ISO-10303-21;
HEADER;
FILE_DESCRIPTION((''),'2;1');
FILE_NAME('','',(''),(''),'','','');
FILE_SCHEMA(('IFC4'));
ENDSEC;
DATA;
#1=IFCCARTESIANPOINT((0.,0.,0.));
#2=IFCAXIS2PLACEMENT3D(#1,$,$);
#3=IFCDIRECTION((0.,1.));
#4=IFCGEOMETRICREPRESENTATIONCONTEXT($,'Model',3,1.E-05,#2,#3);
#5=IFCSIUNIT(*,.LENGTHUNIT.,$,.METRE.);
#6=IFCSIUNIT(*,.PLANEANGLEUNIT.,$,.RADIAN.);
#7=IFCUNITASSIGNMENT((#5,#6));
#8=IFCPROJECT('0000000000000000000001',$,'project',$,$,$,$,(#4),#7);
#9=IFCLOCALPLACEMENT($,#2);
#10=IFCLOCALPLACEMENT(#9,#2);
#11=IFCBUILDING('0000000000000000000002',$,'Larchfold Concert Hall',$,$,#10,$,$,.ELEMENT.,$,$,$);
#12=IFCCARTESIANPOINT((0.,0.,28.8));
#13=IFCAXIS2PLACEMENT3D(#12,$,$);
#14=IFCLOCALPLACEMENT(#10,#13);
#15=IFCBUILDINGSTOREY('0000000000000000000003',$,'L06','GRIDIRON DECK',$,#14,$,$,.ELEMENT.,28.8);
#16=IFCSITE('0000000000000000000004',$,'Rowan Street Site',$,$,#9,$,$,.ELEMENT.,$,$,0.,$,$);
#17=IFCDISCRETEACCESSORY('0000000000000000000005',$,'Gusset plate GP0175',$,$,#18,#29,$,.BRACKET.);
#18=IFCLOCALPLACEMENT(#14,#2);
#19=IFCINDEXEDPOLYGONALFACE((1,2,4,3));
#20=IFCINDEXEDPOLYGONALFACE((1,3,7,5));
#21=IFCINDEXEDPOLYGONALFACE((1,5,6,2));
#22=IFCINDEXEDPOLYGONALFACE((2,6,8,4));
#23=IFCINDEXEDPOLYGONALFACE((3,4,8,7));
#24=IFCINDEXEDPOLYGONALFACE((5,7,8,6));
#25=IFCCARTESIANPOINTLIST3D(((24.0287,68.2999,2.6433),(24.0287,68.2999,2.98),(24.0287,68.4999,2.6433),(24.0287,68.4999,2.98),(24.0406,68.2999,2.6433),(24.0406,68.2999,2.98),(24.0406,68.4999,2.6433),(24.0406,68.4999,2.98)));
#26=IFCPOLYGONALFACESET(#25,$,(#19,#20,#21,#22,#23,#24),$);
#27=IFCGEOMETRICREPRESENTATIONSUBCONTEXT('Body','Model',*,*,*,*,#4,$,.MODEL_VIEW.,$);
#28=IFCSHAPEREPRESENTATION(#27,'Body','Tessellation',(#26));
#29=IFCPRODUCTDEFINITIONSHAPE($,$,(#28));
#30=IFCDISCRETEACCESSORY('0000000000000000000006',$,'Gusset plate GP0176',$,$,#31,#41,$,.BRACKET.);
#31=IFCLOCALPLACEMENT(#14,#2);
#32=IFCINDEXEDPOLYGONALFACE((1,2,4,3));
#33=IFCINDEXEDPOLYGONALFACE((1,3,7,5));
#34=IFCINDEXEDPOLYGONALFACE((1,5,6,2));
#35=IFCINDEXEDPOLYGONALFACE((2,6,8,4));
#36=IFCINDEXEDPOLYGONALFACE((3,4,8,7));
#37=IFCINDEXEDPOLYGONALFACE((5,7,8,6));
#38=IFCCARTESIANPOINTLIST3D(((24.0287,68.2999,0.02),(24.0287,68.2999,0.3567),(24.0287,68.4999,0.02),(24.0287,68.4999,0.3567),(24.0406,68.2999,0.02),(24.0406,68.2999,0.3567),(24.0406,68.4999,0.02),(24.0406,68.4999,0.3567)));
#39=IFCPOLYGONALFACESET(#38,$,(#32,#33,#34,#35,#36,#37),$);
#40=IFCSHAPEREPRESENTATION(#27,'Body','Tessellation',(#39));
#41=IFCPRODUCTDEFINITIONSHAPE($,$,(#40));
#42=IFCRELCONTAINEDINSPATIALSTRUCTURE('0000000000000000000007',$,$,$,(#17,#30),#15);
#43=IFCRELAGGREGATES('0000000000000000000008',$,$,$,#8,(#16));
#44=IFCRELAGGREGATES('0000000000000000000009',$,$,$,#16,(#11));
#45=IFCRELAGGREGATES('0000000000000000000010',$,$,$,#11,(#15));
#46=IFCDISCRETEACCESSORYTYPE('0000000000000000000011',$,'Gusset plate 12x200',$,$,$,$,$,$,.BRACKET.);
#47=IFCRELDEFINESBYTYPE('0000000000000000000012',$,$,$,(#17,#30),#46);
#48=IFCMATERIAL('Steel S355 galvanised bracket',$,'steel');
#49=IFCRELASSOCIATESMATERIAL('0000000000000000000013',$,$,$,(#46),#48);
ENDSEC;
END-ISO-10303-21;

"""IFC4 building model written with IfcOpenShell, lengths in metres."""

from ifc_helpers import new_model, si_unit, direction, frame, origin, origin_2d, place, context, subcontext, project, spatial, rectangle, extrude, material, material_profile, profile_set, type_object, element, save


model = new_model("IFC4")

# Units and contexts
model_context = context("Model", 3, precision=1e-05, world=origin(), true_north=direction((0.0, 1.0)))
body_context = subcontext(model_context, "Body", "Model", "MODEL_VIEW")
ifc_project = project(units=[si_unit("LENGTHUNIT", "METRE"), si_unit("PLANEANGLEUNIT", "RADIAN")], contexts=[model_context])

# Site, building, storey
site_placement = place(None, origin())
site = spatial("IfcSite", under=ifc_project, at=site_placement, Name="Rowan Street Site", CompositionType="ELEMENT", RefElevation=0.0)
building_placement = place(site_placement, origin())
building = spatial("IfcBuilding", under=site, at=building_placement, Name="Larchfold Concert Hall", CompositionType="ELEMENT")
storey_placement = place(building_placement, frame((0.0, 0.0, 28.8)))
storey = spatial("IfcBuildingStorey", under=building, at=storey_placement, Name="L06", Description="GRIDIRON DECK", CompositionType="ELEMENT", Elevation=28.8)

# Discrete accessories
ifc_material_1 = material(Name="Steel S355 galvanised bracket", Category="steel")
ifc_material_profile_1 = material_profile(ifc_material_1, rectangle(XDim=0.012, YDim=0.2, at=origin_2d()))
ifc_profile_set_1 = profile_set([ifc_material_profile_1], Name="Steel S355 galvanised bracket")
discrete_accessory_type_1 = type_object("IfcDiscreteAccessoryType", Name="Gusset plate 12x200", PredefinedType="BRACKET", material=ifc_profile_set_1)
for number, where, z_axis, x_axis, name in (
    (1, (24.0347, 68.3999, 2.98), (0.0, 0.0, -1.0), (1.0, 0.0, 0.0), "Gusset plate GP0175"),
    (2, (24.0347, 68.3999, 0.3567), (0.0, 0.0, -1.0), (1.0, 0.0, 0.0), "Gusset plate GP0176"),
):
    element("IfcDiscreteAccessory", number, at=place(storey_placement, frame(where, z_axis=z_axis, x_axis=x_axis)), inside=storey, type_object=discrete_accessory_type_1, Name=name, PredefinedType="BRACKET", context=body_context, shape_type="SweptSolid", body=[
        extrude(rectangle(XDim=0.012, YDim=0.2, at=origin_2d()), origin(), (0.0, 0.0, 1.0), 0.3367),
    ])

save(model, "model.ifc")
